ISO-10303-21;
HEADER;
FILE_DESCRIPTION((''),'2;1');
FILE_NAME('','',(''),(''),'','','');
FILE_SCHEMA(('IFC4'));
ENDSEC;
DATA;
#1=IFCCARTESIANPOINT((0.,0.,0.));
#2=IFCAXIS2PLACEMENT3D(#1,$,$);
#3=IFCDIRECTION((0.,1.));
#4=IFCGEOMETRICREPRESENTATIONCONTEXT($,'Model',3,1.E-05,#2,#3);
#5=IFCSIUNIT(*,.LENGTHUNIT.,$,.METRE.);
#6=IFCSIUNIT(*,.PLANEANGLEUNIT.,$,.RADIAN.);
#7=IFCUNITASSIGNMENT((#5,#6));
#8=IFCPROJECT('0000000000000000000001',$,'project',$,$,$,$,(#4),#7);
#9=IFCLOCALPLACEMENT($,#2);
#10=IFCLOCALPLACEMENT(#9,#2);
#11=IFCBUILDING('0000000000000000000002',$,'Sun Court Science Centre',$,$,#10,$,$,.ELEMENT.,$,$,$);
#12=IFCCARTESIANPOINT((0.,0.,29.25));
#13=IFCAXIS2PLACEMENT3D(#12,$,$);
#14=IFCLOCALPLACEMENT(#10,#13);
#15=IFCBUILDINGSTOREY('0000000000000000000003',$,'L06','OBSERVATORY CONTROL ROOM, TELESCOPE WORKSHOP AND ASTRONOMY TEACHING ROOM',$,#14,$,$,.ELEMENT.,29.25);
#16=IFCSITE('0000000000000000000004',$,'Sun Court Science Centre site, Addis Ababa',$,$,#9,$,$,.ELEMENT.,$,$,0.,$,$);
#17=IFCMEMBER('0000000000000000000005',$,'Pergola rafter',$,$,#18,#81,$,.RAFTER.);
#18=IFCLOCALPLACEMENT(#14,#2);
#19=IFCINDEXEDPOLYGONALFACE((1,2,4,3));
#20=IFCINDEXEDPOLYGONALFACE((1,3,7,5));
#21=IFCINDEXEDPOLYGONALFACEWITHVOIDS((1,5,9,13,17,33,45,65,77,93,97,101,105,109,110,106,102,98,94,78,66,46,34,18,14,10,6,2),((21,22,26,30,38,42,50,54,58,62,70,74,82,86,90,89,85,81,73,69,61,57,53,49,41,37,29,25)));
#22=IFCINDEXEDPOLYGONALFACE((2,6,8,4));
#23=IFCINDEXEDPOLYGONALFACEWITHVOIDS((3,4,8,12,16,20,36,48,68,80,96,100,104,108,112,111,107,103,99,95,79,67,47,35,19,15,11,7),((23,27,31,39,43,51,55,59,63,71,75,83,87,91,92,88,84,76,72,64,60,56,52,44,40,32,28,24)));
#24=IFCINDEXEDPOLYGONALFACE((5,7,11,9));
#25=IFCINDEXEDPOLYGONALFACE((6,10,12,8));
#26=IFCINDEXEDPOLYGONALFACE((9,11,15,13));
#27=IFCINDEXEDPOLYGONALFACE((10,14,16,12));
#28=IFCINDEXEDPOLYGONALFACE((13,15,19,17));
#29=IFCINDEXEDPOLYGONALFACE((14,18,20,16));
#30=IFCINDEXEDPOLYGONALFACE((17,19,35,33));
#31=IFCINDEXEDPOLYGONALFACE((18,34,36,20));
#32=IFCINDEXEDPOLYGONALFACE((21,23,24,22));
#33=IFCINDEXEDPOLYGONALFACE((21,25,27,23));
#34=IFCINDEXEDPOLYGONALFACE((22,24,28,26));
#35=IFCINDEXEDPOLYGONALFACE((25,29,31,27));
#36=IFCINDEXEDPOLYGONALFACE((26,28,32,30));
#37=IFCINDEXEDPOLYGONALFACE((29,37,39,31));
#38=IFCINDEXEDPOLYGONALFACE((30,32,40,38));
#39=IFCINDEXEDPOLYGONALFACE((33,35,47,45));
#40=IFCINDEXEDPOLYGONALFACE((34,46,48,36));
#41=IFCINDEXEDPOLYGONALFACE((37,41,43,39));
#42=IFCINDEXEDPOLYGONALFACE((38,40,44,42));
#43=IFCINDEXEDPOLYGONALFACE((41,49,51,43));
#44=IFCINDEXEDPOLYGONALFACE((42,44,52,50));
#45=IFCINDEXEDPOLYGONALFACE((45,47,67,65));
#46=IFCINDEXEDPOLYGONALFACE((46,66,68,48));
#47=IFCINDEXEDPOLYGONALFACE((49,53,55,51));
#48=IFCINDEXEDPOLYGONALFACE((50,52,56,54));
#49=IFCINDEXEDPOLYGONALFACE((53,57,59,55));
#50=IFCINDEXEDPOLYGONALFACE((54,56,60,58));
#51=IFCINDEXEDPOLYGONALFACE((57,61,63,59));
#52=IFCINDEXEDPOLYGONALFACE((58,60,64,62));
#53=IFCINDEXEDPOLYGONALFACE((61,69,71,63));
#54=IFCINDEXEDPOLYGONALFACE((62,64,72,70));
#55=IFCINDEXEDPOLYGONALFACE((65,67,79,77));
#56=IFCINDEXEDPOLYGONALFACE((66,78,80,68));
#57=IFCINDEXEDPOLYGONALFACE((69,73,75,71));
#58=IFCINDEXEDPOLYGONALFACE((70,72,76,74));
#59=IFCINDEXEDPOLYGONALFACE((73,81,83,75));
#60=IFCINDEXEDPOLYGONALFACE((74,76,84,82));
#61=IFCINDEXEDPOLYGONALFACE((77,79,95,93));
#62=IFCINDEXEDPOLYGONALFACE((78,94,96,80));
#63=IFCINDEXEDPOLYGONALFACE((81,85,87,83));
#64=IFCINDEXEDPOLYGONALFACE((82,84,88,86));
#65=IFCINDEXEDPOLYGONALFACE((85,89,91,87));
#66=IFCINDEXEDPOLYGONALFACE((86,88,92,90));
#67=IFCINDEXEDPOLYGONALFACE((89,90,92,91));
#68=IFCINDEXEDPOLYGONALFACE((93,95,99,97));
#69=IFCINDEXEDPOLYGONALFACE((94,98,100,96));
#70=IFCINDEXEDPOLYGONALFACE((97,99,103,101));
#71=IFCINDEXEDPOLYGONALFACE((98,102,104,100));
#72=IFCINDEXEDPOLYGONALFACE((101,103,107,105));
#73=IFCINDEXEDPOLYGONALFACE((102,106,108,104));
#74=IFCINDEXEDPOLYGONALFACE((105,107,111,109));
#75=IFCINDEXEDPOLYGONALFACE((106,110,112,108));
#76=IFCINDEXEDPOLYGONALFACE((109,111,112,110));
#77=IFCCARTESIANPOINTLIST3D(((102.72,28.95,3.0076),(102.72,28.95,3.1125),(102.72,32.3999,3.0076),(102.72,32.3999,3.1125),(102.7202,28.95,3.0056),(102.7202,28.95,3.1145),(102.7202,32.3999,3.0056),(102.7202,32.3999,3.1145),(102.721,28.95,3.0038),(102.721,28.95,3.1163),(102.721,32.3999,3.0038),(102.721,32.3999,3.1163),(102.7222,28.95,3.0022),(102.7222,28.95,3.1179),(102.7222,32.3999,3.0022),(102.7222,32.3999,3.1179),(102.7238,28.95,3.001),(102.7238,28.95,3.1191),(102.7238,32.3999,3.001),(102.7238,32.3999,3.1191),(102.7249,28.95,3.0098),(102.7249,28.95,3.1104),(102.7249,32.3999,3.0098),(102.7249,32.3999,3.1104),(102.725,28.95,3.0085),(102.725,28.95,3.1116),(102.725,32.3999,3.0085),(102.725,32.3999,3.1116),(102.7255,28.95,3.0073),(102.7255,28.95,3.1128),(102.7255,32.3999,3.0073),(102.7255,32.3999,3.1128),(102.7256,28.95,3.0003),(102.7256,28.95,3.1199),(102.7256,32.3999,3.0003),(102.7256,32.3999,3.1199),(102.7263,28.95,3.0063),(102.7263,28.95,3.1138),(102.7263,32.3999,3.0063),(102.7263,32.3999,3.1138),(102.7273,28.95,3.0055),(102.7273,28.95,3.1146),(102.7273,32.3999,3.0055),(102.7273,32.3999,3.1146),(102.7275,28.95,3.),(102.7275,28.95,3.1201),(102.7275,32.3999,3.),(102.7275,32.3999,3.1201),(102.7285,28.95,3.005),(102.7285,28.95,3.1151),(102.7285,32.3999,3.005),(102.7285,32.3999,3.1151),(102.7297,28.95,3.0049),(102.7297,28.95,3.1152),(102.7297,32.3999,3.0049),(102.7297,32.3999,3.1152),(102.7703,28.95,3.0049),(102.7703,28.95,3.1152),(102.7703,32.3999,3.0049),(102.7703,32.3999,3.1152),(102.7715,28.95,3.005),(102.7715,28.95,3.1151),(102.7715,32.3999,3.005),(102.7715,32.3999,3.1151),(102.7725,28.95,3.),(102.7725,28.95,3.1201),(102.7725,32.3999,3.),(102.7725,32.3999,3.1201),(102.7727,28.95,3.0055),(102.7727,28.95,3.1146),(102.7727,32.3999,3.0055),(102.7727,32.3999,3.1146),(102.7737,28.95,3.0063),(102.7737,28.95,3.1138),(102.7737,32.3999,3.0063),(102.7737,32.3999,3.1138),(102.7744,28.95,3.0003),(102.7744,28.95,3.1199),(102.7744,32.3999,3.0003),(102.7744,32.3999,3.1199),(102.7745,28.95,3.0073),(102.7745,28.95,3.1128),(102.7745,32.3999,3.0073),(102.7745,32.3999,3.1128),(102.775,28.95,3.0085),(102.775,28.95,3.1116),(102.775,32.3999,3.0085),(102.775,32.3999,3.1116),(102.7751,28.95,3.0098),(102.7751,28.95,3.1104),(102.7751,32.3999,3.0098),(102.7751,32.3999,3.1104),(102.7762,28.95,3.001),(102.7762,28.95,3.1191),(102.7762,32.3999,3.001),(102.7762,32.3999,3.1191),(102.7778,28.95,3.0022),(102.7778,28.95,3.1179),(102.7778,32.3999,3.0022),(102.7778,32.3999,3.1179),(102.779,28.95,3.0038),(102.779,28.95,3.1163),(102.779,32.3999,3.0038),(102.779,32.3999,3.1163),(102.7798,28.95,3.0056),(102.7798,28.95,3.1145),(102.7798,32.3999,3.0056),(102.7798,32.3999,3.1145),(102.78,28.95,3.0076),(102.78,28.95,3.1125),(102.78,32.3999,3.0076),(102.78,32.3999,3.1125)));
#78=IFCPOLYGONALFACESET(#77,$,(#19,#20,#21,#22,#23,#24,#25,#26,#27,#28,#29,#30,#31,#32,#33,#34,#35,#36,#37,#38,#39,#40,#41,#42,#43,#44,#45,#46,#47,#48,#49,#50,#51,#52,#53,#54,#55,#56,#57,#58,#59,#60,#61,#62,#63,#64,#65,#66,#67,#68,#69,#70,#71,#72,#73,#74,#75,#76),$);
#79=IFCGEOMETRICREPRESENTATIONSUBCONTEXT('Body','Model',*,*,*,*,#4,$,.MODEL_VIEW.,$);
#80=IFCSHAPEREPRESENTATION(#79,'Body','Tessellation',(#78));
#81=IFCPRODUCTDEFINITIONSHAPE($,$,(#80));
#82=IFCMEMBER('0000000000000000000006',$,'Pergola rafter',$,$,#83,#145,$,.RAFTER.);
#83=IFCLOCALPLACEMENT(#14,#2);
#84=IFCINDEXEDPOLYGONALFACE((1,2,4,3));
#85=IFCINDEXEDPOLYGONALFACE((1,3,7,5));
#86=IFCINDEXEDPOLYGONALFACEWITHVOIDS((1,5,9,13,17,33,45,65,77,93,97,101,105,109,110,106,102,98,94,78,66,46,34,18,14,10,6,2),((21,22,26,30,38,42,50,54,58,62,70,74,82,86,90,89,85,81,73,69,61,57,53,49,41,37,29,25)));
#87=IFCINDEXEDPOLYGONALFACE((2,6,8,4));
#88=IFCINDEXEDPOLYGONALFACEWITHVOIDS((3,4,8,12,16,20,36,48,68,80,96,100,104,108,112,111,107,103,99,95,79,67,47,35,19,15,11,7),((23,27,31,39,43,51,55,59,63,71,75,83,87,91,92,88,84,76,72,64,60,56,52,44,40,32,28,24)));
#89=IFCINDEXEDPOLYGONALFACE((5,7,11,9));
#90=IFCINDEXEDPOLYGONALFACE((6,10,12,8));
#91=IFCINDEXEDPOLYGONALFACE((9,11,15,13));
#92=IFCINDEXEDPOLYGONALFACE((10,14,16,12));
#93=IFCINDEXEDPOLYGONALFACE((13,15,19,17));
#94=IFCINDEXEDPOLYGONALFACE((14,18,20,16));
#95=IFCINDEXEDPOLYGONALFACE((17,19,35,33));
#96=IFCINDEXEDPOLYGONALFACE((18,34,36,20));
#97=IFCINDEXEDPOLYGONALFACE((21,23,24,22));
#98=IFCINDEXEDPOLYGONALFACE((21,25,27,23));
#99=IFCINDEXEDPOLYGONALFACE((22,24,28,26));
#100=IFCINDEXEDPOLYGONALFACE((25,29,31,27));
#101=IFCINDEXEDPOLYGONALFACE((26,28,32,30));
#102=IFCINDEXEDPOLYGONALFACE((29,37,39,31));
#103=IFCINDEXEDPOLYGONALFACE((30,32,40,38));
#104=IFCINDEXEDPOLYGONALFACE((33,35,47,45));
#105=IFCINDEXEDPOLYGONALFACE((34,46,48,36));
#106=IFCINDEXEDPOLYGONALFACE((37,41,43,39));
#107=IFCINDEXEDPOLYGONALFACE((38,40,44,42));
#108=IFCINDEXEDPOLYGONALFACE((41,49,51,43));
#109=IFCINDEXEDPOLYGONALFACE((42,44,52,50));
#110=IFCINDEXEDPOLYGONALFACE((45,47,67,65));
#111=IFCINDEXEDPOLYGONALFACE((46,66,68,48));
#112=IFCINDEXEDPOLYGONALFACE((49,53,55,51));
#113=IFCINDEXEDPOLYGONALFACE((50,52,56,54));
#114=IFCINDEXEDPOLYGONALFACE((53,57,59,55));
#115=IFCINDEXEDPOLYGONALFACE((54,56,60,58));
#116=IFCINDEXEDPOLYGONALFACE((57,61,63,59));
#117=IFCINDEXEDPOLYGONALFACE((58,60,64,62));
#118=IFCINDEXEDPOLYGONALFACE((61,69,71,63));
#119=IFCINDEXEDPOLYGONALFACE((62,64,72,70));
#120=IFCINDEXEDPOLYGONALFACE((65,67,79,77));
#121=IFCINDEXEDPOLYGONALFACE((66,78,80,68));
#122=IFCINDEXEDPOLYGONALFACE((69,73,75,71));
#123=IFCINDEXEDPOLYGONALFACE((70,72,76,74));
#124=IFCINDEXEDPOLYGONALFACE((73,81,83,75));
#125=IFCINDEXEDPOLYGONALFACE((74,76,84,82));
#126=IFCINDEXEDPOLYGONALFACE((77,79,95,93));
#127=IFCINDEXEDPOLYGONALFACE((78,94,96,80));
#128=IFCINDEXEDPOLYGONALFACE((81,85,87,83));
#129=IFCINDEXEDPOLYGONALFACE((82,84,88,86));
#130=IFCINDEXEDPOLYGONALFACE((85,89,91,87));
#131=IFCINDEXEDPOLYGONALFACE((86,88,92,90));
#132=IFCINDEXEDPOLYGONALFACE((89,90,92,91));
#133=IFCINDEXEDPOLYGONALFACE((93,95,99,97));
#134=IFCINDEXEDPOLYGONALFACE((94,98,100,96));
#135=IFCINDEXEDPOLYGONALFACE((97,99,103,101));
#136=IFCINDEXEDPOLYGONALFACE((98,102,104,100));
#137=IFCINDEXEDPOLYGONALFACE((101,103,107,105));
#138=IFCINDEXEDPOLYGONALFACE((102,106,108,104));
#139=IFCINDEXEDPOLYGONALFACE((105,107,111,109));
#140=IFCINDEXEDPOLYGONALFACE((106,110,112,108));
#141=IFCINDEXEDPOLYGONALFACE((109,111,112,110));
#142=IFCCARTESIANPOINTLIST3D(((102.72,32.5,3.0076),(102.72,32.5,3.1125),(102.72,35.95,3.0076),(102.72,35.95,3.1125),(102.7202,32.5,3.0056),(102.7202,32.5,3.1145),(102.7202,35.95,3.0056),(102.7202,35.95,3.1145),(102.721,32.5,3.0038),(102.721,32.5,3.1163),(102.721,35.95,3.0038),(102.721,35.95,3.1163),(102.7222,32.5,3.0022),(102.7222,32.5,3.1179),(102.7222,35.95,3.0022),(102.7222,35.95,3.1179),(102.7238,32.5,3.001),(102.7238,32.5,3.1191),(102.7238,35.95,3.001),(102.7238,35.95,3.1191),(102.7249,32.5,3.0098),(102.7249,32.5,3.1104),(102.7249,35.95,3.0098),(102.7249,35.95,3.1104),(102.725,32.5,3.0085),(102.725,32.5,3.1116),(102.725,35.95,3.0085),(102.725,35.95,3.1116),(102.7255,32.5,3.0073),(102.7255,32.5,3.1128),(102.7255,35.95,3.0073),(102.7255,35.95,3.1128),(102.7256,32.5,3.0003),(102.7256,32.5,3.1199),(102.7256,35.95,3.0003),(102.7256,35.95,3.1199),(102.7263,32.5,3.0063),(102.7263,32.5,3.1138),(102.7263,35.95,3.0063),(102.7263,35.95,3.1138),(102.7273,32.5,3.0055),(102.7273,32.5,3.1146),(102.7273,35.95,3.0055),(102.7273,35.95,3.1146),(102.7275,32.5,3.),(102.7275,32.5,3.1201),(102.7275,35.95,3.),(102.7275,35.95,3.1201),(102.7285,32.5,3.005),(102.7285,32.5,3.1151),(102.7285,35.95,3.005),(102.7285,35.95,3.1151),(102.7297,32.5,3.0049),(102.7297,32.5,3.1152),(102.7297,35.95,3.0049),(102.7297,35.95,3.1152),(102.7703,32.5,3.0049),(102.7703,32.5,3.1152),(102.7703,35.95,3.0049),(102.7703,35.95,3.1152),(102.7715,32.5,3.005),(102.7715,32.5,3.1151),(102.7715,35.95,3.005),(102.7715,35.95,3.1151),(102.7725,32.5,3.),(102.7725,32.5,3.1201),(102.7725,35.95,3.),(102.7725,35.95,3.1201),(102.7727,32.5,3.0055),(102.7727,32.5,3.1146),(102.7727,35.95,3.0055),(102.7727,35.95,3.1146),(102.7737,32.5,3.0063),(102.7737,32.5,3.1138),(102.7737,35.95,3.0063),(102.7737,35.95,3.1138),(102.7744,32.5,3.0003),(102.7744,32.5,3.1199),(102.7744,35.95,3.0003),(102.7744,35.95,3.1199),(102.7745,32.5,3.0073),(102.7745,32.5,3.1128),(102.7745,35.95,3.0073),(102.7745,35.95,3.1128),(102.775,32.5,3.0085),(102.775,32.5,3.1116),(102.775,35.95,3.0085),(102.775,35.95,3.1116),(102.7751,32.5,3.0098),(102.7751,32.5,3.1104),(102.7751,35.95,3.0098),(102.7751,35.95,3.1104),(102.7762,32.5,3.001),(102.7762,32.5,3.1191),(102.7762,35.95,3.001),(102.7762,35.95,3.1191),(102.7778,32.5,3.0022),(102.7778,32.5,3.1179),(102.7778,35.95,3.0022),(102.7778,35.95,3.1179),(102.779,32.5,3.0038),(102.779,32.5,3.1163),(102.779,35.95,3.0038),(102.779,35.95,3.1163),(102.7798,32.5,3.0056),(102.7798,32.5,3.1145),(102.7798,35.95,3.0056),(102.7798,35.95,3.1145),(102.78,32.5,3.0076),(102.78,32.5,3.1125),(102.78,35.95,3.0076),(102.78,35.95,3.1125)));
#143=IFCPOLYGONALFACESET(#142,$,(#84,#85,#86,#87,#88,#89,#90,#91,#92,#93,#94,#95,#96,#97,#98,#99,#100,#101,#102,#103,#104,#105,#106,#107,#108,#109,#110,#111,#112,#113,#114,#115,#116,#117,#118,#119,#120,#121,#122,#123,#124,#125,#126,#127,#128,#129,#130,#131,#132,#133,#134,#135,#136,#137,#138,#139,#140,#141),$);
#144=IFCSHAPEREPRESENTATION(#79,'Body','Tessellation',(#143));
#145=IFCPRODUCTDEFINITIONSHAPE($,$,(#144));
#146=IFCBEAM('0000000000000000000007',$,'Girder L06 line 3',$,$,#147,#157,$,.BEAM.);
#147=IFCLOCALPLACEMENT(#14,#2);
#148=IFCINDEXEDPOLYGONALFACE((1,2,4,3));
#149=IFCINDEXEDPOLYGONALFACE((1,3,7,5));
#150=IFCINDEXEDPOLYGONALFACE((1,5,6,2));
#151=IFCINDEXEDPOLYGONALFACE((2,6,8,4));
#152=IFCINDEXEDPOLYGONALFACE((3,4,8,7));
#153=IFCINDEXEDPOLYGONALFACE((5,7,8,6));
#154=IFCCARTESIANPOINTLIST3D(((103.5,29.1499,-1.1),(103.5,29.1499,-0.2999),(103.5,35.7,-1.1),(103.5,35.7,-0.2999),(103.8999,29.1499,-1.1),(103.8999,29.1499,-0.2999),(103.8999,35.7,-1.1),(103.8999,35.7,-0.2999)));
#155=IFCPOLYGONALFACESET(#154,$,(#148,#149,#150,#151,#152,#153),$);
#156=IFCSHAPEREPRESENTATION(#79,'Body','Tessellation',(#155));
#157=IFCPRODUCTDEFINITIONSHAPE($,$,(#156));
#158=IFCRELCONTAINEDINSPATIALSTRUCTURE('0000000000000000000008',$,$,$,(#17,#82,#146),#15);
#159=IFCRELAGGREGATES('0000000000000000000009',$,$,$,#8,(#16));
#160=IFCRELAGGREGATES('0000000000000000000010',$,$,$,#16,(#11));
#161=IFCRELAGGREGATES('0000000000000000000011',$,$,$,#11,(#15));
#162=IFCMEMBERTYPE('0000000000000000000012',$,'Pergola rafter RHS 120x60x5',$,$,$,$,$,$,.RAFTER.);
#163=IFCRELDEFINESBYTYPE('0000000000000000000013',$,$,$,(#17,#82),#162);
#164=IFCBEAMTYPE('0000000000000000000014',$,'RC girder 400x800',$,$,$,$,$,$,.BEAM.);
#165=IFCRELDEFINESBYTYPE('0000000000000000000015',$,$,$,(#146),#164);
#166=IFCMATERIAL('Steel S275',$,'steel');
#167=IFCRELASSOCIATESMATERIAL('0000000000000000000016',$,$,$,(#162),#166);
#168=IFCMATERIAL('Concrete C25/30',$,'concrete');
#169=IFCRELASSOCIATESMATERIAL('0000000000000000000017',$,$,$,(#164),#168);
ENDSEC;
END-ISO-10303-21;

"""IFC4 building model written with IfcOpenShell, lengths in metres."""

from ifc_helpers import new_model, si_unit, direction, frame, origin, origin_2d, place, context, subcontext, project, spatial, rectangle, hollow_rectangle, extrude, material, material_profile, profile_set, type_object, element, save


model = new_model("IFC4")

# Units and contexts
model_context = context("Model", 3, precision=1e-05, world=origin(), true_north=direction((0.0, 1.0)))
body_context = subcontext(model_context, "Body", "Model", "MODEL_VIEW")
ifc_project = project(units=[si_unit("LENGTHUNIT", "METRE"), si_unit("PLANEANGLEUNIT", "RADIAN")], contexts=[model_context])

# Site, building, storey
site_placement = place(None, origin())
site = spatial("IfcSite", under=ifc_project, at=site_placement, Name="Sun Court Science Centre site, Addis Ababa", CompositionType="ELEMENT", RefElevation=0.0)
building_placement = place(site_placement, origin())
building = spatial("IfcBuilding", under=site, at=building_placement, Name="Sun Court Science Centre", CompositionType="ELEMENT")
storey_placement = place(building_placement, frame((0.0, 0.0, 29.25)))
storey = spatial("IfcBuildingStorey", under=building, at=storey_placement, Name="L06", Description="OBSERVATORY CONTROL ROOM, TELESCOPE WORKSHOP AND ASTRONOMY TEACHING ROOM", CompositionType="ELEMENT", Elevation=29.25)

# Members
ifc_material_1 = material(Name="Steel S275", Category="steel")
ifc_material_profile_1 = material_profile(ifc_material_1, hollow_rectangle(XDim=0.0601, YDim=0.1201, WallThickness=0.0049, InnerFilletRadius=0.0049, OuterFilletRadius=0.0076, at=origin_2d()), Name="RHS 120x60x5")
ifc_profile_set_1 = profile_set([ifc_material_profile_1], Name="Steel S275")
member_type_1 = type_object("IfcMemberType", Name="Pergola rafter RHS 120x60x5", PredefinedType="RAFTER", material=ifc_profile_set_1)
for number, where, z_axis, x_axis, name in (
    (1, (102.75, 28.95, 3.0601), (0.0, 1.0, 0.0), (-1.0, 0.0, 0.0), "Pergola rafter"),
    (2, (102.75, 32.5, 3.0601), (0.0, 1.0, 0.0), (-1.0, 0.0, 0.0), "Pergola rafter"),
):
    element("IfcMember", number, at=place(storey_placement, frame(where, z_axis=z_axis, x_axis=x_axis)), inside=storey, type_object=member_type_1, Name=name, PredefinedType="RAFTER", context=body_context, shape_type="SweptSolid", body=[
        extrude(hollow_rectangle(XDim=0.0601, YDim=0.1201, WallThickness=0.0049, InnerFilletRadius=0.0049, OuterFilletRadius=0.0076, at=origin_2d()), origin(), (0.0, 0.0, 1.0), 3.45),
    ])

# Beam
ifc_material_2 = material(Name="Concrete C25/30", Category="concrete")
ifc_material_profile_2 = material_profile(ifc_material_2, rectangle(XDim=0.3999, YDim=0.8, at=origin_2d()), Name="RC 400x800")
ifc_profile_set_2 = profile_set([ifc_material_profile_2], Name="Concrete C25/30")
beam_type_1 = type_object("IfcBeamType", Name="RC girder 400x800", PredefinedType="BEAM", material=ifc_profile_set_2)
beam_placement = place(storey_placement, frame((103.7, 29.1499, -0.7), z_axis=(0.0, 1.0, 0.0), x_axis=(-1.0, 0.0, 0.0)))
element("IfcBeam", 3, at=beam_placement, inside=storey, type_object=beam_type_1, Name="Girder L06 line 3", PredefinedType="BEAM", context=body_context, shape_type="SweptSolid", body=[
    extrude(rectangle(XDim=0.3999, YDim=0.8, at=origin_2d()), origin(), (0.0, 0.0, 1.0), 6.55),
])

save(model, "model.ifc")
